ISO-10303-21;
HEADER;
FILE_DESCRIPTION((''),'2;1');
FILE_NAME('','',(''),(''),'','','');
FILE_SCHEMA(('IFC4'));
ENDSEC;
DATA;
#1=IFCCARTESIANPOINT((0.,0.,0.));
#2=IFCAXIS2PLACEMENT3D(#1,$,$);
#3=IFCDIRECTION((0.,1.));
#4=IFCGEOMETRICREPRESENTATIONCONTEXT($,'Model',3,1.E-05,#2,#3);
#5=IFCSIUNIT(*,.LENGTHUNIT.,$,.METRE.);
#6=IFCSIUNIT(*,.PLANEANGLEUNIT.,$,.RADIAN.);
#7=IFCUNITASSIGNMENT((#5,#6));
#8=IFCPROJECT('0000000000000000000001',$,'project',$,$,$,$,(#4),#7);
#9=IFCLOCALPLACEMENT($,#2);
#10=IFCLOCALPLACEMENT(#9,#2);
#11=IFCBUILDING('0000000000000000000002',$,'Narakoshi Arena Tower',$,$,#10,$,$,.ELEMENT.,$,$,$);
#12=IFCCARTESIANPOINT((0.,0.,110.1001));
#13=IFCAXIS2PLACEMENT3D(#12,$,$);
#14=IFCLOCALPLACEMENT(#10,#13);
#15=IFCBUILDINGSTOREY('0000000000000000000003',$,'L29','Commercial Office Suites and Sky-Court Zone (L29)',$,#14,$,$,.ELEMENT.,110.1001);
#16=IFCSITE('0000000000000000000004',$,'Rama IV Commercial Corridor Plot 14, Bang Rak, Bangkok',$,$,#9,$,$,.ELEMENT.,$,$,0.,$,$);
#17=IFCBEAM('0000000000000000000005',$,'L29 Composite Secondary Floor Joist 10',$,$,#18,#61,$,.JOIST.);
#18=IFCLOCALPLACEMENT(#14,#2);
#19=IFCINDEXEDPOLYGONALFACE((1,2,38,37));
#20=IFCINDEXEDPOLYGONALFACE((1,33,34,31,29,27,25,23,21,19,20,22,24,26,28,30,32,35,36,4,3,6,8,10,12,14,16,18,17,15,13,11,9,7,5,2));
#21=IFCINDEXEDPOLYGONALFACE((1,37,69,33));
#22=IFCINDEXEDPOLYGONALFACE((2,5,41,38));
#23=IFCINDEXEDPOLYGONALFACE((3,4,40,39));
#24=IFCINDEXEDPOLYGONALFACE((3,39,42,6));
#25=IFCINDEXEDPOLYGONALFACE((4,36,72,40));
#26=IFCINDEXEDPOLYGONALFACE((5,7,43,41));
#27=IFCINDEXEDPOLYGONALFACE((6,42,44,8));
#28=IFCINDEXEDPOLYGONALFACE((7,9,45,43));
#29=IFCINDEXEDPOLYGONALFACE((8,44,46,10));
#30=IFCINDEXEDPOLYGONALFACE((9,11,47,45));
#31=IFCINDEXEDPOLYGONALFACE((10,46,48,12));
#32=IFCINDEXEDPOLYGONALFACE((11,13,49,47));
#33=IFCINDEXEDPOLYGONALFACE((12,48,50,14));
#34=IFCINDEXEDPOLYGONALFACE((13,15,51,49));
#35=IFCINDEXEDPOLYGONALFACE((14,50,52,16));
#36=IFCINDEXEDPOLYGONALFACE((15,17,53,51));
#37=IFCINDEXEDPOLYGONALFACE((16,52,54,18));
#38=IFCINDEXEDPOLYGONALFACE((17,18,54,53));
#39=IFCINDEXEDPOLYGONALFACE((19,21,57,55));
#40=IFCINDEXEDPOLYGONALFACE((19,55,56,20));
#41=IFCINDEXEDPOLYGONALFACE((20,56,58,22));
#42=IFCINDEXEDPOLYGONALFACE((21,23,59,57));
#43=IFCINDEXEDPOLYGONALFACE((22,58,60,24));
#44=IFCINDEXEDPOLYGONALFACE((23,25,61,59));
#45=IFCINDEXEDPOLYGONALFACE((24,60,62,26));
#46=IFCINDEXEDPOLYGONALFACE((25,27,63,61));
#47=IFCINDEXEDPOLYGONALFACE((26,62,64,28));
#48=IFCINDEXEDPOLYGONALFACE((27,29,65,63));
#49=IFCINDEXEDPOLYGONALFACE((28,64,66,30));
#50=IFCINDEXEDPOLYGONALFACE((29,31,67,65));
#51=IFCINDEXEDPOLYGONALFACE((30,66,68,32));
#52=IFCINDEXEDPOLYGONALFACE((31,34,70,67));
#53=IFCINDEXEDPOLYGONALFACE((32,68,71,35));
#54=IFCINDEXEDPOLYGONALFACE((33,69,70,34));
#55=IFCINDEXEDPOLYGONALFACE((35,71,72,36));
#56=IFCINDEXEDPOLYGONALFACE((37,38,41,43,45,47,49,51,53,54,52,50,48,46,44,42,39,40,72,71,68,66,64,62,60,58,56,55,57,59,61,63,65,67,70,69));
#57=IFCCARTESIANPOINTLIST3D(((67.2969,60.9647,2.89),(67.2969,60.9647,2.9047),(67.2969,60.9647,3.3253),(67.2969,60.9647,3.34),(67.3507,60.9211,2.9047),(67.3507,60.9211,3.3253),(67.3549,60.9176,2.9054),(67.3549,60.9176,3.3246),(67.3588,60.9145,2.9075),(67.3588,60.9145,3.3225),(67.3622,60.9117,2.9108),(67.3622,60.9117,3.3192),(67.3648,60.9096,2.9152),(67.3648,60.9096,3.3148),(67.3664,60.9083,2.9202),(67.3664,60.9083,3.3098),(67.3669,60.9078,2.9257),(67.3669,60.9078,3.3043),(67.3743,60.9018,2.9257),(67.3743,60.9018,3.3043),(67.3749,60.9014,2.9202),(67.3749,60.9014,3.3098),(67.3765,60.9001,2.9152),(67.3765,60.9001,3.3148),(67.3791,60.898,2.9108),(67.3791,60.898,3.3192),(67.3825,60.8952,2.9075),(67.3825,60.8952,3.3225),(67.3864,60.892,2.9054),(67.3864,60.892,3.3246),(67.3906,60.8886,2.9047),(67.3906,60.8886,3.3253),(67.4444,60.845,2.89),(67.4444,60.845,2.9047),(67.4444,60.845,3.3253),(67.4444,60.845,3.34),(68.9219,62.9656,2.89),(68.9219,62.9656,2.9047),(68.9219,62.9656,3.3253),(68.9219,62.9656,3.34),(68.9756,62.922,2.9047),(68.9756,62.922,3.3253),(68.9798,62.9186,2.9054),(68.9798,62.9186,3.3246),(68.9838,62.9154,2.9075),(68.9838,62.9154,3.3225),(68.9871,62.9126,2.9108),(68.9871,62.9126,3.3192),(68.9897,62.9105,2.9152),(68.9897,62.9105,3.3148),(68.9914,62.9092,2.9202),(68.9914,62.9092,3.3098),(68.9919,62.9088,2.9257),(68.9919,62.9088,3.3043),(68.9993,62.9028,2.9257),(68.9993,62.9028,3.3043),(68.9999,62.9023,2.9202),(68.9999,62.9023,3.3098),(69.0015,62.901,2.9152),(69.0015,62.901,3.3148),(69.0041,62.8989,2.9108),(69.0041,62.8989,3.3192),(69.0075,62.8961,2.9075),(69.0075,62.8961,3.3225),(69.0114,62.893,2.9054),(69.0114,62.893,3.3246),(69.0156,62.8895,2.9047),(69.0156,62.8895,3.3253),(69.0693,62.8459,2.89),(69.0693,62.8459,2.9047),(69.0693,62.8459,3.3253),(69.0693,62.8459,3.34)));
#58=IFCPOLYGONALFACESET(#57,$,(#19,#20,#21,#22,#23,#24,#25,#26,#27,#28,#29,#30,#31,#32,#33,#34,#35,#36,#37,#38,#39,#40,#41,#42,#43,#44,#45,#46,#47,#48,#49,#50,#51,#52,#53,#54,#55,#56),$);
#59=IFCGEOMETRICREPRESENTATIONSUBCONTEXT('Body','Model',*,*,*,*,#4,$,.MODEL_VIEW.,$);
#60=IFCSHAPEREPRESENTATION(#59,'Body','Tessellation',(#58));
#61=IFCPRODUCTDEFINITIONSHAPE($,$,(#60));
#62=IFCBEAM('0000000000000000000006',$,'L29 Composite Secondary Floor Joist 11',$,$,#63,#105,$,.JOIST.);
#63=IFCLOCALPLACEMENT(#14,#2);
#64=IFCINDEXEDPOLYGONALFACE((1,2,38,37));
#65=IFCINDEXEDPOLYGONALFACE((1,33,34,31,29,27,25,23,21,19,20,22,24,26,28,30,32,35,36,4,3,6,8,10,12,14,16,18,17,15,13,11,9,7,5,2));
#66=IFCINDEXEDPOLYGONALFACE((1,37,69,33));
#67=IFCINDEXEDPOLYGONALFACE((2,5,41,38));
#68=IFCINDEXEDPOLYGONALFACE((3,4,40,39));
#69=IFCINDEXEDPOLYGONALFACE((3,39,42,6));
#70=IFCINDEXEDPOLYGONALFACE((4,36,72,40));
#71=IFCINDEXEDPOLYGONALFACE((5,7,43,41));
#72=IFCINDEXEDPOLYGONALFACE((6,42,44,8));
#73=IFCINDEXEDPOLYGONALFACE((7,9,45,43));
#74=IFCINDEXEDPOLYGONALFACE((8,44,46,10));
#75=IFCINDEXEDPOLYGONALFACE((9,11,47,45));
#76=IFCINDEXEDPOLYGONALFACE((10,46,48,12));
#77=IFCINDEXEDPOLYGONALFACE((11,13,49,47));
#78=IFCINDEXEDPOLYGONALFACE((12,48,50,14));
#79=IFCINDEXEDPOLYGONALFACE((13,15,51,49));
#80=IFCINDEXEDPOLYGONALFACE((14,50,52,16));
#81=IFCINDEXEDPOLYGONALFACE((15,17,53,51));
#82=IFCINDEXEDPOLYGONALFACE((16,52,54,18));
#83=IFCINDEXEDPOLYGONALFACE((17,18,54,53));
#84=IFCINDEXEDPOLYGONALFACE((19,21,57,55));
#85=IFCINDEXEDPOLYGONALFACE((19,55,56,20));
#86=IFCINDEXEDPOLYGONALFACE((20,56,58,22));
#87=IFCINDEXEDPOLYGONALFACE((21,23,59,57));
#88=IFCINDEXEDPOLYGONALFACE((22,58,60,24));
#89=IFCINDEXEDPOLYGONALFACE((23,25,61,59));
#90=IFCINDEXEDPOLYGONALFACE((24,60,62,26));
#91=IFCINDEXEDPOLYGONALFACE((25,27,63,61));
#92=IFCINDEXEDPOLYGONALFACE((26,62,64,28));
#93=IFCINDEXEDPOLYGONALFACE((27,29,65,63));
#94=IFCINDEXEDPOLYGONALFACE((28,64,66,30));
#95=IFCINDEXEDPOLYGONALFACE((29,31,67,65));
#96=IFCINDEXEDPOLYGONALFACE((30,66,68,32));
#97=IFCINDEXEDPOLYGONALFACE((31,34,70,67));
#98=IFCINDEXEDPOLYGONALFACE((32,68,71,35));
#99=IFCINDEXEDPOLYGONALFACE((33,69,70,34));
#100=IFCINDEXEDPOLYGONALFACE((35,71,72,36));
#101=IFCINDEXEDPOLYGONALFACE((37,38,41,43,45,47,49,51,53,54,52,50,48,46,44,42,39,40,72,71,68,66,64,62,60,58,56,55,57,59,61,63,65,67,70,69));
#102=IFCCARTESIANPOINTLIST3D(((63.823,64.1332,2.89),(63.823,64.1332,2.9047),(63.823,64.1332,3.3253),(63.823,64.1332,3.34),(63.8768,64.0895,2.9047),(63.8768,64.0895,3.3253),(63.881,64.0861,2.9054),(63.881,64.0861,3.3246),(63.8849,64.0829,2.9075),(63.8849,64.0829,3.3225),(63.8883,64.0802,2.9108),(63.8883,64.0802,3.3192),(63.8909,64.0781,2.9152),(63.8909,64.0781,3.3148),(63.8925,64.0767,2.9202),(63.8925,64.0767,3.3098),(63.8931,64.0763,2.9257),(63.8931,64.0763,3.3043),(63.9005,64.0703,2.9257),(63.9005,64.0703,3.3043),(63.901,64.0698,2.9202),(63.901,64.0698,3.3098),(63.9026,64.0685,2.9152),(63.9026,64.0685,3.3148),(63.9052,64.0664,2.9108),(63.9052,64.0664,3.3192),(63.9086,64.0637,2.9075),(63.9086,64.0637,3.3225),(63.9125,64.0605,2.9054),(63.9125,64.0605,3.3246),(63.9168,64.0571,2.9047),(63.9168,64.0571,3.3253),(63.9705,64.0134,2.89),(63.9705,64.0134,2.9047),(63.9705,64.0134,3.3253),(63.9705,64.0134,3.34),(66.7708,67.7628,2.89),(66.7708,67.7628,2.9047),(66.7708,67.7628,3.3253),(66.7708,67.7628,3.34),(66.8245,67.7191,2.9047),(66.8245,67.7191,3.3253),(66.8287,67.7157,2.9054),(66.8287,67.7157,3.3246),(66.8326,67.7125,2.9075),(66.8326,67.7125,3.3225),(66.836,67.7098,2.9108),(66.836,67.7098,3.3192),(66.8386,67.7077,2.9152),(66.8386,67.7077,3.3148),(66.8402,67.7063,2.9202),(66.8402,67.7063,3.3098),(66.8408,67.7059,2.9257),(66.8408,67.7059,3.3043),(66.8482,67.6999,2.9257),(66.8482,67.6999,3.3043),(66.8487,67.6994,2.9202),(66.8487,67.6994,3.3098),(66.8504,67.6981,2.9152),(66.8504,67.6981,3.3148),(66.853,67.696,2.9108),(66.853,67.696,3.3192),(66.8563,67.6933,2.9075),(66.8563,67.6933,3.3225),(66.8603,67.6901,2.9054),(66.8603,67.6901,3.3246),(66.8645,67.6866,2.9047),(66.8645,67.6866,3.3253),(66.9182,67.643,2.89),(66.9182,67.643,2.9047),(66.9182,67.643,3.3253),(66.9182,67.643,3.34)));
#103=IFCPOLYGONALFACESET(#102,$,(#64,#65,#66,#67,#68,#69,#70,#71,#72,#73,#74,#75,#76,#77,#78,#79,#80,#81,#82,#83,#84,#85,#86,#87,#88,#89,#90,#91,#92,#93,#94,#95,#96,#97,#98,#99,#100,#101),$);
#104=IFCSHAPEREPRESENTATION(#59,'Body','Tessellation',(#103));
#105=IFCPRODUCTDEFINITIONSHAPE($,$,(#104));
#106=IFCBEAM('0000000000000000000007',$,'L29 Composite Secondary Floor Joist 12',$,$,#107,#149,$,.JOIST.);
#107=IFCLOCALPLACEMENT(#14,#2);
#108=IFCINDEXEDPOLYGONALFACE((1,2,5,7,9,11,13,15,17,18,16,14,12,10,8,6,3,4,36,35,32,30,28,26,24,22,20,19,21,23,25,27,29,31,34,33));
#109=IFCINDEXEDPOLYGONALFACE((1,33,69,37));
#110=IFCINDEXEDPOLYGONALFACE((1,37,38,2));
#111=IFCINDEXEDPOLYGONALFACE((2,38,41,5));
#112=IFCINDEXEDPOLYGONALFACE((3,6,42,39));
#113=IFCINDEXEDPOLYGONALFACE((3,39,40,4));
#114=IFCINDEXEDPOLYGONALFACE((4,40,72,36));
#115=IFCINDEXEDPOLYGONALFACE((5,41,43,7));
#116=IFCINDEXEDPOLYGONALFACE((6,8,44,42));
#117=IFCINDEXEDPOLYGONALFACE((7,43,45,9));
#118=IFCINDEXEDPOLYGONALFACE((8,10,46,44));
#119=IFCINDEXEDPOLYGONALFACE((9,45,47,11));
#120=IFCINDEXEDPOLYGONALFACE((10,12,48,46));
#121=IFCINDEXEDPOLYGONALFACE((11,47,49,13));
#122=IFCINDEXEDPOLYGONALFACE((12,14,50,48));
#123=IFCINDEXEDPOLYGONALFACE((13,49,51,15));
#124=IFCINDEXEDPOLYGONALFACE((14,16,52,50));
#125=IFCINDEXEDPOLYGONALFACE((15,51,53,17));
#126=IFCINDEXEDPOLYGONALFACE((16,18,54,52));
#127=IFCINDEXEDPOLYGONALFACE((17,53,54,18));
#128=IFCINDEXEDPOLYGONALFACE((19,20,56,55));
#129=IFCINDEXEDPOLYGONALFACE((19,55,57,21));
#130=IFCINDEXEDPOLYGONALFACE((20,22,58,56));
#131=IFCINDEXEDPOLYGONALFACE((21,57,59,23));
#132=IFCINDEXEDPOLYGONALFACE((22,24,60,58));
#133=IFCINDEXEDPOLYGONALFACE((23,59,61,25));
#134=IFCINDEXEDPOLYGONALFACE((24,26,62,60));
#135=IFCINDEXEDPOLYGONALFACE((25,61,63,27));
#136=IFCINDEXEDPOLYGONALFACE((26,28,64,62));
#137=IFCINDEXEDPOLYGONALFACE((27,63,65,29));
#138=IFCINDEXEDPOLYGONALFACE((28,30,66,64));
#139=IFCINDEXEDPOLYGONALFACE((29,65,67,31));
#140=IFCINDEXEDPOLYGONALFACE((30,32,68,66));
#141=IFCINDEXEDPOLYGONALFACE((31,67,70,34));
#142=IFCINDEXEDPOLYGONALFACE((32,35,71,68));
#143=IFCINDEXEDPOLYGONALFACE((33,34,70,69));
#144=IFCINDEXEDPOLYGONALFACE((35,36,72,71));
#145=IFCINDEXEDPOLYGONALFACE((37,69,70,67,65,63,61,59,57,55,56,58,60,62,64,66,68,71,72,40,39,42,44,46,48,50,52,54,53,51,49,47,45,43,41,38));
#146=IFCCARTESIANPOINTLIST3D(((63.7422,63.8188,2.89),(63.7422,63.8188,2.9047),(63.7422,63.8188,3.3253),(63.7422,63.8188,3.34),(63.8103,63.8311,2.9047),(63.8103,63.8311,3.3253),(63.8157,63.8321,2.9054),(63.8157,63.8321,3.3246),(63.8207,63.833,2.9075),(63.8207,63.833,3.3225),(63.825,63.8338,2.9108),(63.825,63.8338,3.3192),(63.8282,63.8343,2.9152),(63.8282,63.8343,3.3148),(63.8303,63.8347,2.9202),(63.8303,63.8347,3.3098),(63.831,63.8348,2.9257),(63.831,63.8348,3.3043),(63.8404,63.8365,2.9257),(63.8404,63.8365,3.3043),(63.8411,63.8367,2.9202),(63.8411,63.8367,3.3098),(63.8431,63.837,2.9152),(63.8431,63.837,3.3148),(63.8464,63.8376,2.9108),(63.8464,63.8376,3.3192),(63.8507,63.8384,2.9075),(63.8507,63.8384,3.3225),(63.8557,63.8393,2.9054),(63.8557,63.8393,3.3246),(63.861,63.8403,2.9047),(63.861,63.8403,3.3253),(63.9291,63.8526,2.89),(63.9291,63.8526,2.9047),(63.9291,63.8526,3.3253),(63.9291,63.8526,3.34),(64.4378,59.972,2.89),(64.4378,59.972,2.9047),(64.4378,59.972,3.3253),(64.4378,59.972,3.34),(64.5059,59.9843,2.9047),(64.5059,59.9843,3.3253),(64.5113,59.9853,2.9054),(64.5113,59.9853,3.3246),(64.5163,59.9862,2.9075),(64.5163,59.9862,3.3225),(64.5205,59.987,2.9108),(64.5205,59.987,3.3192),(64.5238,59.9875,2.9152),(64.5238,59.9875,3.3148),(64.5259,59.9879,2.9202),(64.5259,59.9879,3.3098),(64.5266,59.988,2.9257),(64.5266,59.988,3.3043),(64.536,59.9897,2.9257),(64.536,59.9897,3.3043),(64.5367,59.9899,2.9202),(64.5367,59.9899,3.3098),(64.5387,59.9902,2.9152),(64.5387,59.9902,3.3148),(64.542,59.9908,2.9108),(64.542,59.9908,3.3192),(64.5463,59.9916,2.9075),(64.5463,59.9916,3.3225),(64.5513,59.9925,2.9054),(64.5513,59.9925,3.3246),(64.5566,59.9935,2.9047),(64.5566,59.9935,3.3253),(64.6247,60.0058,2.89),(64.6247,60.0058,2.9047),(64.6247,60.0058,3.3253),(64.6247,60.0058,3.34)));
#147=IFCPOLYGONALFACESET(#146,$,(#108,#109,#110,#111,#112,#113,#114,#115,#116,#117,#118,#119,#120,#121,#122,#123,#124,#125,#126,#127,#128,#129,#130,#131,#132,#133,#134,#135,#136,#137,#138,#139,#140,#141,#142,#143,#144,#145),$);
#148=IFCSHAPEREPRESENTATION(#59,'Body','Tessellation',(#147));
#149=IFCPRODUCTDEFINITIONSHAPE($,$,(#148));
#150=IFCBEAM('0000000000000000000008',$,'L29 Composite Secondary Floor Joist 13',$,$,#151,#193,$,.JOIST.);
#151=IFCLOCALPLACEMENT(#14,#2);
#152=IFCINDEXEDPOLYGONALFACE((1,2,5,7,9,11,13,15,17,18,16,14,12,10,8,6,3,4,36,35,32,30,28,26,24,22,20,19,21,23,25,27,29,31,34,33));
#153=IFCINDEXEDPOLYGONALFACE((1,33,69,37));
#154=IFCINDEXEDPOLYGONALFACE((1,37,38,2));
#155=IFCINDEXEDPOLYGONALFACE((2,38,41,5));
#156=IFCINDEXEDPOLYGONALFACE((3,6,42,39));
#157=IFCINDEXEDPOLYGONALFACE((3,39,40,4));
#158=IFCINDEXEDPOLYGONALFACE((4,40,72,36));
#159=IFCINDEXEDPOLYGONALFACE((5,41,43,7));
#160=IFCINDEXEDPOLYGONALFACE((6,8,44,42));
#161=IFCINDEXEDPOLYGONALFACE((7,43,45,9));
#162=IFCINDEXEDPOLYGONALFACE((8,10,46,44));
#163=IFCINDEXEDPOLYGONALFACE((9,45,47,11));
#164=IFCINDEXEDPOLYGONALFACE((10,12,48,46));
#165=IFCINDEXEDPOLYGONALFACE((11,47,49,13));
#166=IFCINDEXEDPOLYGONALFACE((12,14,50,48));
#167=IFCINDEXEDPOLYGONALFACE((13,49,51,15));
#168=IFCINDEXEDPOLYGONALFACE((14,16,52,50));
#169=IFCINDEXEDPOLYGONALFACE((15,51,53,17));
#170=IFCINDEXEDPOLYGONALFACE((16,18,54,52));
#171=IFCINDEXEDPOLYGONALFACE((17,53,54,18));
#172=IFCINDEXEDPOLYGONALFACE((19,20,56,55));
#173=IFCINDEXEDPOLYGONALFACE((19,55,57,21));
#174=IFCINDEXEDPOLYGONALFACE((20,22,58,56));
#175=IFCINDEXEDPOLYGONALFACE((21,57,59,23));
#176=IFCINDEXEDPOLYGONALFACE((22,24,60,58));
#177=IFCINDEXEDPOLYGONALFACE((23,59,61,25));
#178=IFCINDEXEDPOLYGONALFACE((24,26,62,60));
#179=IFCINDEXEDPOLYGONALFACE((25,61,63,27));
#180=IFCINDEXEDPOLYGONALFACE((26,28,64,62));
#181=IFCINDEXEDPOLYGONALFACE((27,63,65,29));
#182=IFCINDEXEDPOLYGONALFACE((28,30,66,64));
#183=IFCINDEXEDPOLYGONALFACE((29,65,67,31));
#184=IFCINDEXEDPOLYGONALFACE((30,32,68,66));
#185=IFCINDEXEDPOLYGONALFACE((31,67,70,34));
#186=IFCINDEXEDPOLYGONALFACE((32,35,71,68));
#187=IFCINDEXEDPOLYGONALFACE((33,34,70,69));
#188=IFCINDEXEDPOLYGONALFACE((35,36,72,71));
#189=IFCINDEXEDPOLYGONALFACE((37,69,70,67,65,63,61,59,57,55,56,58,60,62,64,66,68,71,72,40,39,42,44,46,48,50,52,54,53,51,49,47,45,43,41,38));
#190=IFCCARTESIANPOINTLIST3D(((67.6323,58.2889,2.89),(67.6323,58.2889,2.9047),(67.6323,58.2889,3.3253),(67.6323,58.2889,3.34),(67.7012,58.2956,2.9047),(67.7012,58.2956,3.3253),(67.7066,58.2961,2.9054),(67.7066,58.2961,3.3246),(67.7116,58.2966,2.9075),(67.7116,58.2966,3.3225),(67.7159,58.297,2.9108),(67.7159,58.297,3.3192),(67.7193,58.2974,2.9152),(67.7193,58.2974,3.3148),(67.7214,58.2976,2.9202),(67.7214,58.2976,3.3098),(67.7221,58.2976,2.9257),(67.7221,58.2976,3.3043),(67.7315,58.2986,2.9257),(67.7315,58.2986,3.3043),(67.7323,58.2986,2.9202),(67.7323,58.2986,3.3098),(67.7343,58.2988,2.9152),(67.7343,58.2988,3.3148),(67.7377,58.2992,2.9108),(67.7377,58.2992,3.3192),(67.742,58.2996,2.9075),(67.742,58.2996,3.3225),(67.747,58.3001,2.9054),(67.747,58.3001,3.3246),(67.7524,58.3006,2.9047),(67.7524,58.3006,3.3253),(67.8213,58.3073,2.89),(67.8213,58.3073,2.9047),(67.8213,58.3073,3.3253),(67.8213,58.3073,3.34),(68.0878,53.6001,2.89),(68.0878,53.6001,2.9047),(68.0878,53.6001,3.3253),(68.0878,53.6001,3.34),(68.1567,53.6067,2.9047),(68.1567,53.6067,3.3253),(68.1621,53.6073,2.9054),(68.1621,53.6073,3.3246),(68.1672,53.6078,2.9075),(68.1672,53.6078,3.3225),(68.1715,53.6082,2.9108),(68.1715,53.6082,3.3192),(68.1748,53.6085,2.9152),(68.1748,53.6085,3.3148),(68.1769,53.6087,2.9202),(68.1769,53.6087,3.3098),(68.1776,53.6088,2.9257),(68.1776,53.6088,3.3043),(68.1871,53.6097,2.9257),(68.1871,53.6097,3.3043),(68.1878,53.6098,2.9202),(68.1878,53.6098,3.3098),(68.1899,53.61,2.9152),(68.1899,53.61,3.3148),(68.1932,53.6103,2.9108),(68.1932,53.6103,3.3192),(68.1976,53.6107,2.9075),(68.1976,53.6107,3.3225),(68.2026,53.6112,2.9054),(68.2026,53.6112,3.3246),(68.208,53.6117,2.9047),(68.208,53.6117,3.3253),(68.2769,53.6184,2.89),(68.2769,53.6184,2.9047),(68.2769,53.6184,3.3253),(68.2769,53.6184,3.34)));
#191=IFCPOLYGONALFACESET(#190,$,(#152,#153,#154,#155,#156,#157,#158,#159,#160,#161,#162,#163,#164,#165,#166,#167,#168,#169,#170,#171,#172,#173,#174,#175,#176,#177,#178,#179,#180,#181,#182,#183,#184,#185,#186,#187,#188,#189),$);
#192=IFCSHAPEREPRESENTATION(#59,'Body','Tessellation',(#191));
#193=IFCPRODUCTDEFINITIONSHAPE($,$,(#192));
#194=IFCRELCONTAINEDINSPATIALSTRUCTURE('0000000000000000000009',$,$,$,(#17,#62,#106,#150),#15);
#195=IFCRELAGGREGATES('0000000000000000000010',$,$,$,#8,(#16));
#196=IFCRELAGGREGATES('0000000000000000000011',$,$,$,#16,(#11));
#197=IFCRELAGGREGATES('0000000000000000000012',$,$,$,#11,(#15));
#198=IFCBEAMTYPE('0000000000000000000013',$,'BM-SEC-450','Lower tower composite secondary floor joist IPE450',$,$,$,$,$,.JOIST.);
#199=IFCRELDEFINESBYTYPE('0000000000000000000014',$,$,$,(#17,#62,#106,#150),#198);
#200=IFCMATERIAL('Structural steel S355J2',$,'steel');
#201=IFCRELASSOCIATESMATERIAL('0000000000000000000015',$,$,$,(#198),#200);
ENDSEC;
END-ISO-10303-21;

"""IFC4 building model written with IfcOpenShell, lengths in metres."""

from ifc_helpers import new_model, si_unit, direction, frame, origin, origin_2d, place, context, subcontext, project, spatial, i_section, extrude, material, material_profile, profile_set, type_object, element, save


model = new_model("IFC4")

# Units and contexts
model_context = context("Model", 3, precision=1e-05, world=origin(), true_north=direction((0.0, 1.0)))
body_context = subcontext(model_context, "Body", "Model", "MODEL_VIEW")
ifc_project = project(units=[si_unit("LENGTHUNIT", "METRE"), si_unit("PLANEANGLEUNIT", "RADIAN")], contexts=[model_context])

# Site, building, storey
site_placement = place(None, origin())
site = spatial("IfcSite", under=ifc_project, at=site_placement, Name="Rama IV Commercial Corridor Plot 14, Bang Rak, Bangkok", CompositionType="ELEMENT", RefElevation=0.0)
building_placement = place(site_placement, origin())
building = spatial("IfcBuilding", under=site, at=building_placement, Name="Narakoshi Arena Tower", CompositionType="ELEMENT")
storey_placement = place(building_placement, frame((0.0, 0.0, 110.1001)))
storey = spatial("IfcBuildingStorey", under=building, at=storey_placement, Name="L29", Description="Commercial Office Suites and Sky-Court Zone (L29)", CompositionType="ELEMENT", Elevation=110.1001)

# Beams
ifc_material_1 = material(Name="Structural steel S355J2", Category="steel")
ifc_material_profile_1 = material_profile(ifc_material_1, i_section(OverallWidth=0.1899, OverallDepth=0.45, WebThickness=0.0095, FlangeThickness=0.0146, FilletRadius=0.021, at=origin_2d()), Name="IPE450")
ifc_profile_set_1 = profile_set([ifc_material_profile_1], Name="Structural steel S355J2")
beam_type_1 = type_object("IfcBeamType", Name="BM-SEC-450", Description="Lower tower composite secondary floor joist IPE450", PredefinedType="JOIST", material=ifc_profile_set_1)
beam_1_placement = place(storey_placement, frame((68.9956, 62.9058, 3.115), z_axis=(-0.630407, -0.776265, 0.0), x_axis=(0.776265, -0.630407, 0.0)))
element("IfcBeam", 1, at=beam_1_placement, inside=storey, type_object=beam_type_1, Name="L29 Composite Secondary Floor Joist 10", PredefinedType="JOIST", context=body_context, shape_type="SweptSolid", body=[
    extrude(i_section(OverallWidth=0.1899, OverallDepth=0.45, WebThickness=0.0095, FlangeThickness=0.0146, FilletRadius=0.021, at=origin_2d()), origin(), (0.0, 0.0, 1.0), 2.5776),
])
beam_2_placement = place(storey_placement, frame((66.8445, 67.7029, 3.115), z_axis=(-0.630422, -0.776253, 0.0), x_axis=(0.776253, -0.630422, 0.0)))
element("IfcBeam", 2, at=beam_2_placement, inside=storey, type_object=beam_type_1, Name="L29 Composite Secondary Floor Joist 11", PredefinedType="JOIST", context=body_context, shape_type="SweptSolid", body=[
    extrude(i_section(OverallWidth=0.1899, OverallDepth=0.45, WebThickness=0.0095, FlangeThickness=0.0146, FilletRadius=0.021, at=origin_2d()), origin(), (0.0, 0.0, 1.0), 4.6758),
])
beam_3_placement = place(storey_placement, frame((63.8357, 63.8357, 3.115), z_axis=(0.177935, -0.984042, 0.0), x_axis=(0.984042, 0.177935, 0.0)))
element("IfcBeam", 3, at=beam_3_placement, inside=storey, type_object=beam_type_1, Name="L29 Composite Secondary Floor Joist 12", PredefinedType="JOIST", context=body_context, shape_type="SweptSolid", body=[
    extrude(i_section(OverallWidth=0.1899, OverallDepth=0.45, WebThickness=0.0095, FlangeThickness=0.0146, FilletRadius=0.021, at=origin_2d()), origin(), (0.0, 0.0, 1.0), 3.9092),
])
beam_4_placement = place(storey_placement, frame((67.7268, 58.2981, 3.115), z_axis=(0.096702, -0.995313, 0.0), x_axis=(0.995313, 0.096702, 0.0)))
element("IfcBeam", 4, at=beam_4_placement, inside=storey, type_object=beam_type_1, Name="L29 Composite Secondary Floor Joist 13", PredefinedType="JOIST", context=body_context, shape_type="SweptSolid", body=[
    extrude(i_section(OverallWidth=0.1899, OverallDepth=0.45, WebThickness=0.0095, FlangeThickness=0.0146, FilletRadius=0.021, at=origin_2d()), origin(), (0.0, 0.0, 1.0), 4.7109),
])

save(model, "model.ifc")
